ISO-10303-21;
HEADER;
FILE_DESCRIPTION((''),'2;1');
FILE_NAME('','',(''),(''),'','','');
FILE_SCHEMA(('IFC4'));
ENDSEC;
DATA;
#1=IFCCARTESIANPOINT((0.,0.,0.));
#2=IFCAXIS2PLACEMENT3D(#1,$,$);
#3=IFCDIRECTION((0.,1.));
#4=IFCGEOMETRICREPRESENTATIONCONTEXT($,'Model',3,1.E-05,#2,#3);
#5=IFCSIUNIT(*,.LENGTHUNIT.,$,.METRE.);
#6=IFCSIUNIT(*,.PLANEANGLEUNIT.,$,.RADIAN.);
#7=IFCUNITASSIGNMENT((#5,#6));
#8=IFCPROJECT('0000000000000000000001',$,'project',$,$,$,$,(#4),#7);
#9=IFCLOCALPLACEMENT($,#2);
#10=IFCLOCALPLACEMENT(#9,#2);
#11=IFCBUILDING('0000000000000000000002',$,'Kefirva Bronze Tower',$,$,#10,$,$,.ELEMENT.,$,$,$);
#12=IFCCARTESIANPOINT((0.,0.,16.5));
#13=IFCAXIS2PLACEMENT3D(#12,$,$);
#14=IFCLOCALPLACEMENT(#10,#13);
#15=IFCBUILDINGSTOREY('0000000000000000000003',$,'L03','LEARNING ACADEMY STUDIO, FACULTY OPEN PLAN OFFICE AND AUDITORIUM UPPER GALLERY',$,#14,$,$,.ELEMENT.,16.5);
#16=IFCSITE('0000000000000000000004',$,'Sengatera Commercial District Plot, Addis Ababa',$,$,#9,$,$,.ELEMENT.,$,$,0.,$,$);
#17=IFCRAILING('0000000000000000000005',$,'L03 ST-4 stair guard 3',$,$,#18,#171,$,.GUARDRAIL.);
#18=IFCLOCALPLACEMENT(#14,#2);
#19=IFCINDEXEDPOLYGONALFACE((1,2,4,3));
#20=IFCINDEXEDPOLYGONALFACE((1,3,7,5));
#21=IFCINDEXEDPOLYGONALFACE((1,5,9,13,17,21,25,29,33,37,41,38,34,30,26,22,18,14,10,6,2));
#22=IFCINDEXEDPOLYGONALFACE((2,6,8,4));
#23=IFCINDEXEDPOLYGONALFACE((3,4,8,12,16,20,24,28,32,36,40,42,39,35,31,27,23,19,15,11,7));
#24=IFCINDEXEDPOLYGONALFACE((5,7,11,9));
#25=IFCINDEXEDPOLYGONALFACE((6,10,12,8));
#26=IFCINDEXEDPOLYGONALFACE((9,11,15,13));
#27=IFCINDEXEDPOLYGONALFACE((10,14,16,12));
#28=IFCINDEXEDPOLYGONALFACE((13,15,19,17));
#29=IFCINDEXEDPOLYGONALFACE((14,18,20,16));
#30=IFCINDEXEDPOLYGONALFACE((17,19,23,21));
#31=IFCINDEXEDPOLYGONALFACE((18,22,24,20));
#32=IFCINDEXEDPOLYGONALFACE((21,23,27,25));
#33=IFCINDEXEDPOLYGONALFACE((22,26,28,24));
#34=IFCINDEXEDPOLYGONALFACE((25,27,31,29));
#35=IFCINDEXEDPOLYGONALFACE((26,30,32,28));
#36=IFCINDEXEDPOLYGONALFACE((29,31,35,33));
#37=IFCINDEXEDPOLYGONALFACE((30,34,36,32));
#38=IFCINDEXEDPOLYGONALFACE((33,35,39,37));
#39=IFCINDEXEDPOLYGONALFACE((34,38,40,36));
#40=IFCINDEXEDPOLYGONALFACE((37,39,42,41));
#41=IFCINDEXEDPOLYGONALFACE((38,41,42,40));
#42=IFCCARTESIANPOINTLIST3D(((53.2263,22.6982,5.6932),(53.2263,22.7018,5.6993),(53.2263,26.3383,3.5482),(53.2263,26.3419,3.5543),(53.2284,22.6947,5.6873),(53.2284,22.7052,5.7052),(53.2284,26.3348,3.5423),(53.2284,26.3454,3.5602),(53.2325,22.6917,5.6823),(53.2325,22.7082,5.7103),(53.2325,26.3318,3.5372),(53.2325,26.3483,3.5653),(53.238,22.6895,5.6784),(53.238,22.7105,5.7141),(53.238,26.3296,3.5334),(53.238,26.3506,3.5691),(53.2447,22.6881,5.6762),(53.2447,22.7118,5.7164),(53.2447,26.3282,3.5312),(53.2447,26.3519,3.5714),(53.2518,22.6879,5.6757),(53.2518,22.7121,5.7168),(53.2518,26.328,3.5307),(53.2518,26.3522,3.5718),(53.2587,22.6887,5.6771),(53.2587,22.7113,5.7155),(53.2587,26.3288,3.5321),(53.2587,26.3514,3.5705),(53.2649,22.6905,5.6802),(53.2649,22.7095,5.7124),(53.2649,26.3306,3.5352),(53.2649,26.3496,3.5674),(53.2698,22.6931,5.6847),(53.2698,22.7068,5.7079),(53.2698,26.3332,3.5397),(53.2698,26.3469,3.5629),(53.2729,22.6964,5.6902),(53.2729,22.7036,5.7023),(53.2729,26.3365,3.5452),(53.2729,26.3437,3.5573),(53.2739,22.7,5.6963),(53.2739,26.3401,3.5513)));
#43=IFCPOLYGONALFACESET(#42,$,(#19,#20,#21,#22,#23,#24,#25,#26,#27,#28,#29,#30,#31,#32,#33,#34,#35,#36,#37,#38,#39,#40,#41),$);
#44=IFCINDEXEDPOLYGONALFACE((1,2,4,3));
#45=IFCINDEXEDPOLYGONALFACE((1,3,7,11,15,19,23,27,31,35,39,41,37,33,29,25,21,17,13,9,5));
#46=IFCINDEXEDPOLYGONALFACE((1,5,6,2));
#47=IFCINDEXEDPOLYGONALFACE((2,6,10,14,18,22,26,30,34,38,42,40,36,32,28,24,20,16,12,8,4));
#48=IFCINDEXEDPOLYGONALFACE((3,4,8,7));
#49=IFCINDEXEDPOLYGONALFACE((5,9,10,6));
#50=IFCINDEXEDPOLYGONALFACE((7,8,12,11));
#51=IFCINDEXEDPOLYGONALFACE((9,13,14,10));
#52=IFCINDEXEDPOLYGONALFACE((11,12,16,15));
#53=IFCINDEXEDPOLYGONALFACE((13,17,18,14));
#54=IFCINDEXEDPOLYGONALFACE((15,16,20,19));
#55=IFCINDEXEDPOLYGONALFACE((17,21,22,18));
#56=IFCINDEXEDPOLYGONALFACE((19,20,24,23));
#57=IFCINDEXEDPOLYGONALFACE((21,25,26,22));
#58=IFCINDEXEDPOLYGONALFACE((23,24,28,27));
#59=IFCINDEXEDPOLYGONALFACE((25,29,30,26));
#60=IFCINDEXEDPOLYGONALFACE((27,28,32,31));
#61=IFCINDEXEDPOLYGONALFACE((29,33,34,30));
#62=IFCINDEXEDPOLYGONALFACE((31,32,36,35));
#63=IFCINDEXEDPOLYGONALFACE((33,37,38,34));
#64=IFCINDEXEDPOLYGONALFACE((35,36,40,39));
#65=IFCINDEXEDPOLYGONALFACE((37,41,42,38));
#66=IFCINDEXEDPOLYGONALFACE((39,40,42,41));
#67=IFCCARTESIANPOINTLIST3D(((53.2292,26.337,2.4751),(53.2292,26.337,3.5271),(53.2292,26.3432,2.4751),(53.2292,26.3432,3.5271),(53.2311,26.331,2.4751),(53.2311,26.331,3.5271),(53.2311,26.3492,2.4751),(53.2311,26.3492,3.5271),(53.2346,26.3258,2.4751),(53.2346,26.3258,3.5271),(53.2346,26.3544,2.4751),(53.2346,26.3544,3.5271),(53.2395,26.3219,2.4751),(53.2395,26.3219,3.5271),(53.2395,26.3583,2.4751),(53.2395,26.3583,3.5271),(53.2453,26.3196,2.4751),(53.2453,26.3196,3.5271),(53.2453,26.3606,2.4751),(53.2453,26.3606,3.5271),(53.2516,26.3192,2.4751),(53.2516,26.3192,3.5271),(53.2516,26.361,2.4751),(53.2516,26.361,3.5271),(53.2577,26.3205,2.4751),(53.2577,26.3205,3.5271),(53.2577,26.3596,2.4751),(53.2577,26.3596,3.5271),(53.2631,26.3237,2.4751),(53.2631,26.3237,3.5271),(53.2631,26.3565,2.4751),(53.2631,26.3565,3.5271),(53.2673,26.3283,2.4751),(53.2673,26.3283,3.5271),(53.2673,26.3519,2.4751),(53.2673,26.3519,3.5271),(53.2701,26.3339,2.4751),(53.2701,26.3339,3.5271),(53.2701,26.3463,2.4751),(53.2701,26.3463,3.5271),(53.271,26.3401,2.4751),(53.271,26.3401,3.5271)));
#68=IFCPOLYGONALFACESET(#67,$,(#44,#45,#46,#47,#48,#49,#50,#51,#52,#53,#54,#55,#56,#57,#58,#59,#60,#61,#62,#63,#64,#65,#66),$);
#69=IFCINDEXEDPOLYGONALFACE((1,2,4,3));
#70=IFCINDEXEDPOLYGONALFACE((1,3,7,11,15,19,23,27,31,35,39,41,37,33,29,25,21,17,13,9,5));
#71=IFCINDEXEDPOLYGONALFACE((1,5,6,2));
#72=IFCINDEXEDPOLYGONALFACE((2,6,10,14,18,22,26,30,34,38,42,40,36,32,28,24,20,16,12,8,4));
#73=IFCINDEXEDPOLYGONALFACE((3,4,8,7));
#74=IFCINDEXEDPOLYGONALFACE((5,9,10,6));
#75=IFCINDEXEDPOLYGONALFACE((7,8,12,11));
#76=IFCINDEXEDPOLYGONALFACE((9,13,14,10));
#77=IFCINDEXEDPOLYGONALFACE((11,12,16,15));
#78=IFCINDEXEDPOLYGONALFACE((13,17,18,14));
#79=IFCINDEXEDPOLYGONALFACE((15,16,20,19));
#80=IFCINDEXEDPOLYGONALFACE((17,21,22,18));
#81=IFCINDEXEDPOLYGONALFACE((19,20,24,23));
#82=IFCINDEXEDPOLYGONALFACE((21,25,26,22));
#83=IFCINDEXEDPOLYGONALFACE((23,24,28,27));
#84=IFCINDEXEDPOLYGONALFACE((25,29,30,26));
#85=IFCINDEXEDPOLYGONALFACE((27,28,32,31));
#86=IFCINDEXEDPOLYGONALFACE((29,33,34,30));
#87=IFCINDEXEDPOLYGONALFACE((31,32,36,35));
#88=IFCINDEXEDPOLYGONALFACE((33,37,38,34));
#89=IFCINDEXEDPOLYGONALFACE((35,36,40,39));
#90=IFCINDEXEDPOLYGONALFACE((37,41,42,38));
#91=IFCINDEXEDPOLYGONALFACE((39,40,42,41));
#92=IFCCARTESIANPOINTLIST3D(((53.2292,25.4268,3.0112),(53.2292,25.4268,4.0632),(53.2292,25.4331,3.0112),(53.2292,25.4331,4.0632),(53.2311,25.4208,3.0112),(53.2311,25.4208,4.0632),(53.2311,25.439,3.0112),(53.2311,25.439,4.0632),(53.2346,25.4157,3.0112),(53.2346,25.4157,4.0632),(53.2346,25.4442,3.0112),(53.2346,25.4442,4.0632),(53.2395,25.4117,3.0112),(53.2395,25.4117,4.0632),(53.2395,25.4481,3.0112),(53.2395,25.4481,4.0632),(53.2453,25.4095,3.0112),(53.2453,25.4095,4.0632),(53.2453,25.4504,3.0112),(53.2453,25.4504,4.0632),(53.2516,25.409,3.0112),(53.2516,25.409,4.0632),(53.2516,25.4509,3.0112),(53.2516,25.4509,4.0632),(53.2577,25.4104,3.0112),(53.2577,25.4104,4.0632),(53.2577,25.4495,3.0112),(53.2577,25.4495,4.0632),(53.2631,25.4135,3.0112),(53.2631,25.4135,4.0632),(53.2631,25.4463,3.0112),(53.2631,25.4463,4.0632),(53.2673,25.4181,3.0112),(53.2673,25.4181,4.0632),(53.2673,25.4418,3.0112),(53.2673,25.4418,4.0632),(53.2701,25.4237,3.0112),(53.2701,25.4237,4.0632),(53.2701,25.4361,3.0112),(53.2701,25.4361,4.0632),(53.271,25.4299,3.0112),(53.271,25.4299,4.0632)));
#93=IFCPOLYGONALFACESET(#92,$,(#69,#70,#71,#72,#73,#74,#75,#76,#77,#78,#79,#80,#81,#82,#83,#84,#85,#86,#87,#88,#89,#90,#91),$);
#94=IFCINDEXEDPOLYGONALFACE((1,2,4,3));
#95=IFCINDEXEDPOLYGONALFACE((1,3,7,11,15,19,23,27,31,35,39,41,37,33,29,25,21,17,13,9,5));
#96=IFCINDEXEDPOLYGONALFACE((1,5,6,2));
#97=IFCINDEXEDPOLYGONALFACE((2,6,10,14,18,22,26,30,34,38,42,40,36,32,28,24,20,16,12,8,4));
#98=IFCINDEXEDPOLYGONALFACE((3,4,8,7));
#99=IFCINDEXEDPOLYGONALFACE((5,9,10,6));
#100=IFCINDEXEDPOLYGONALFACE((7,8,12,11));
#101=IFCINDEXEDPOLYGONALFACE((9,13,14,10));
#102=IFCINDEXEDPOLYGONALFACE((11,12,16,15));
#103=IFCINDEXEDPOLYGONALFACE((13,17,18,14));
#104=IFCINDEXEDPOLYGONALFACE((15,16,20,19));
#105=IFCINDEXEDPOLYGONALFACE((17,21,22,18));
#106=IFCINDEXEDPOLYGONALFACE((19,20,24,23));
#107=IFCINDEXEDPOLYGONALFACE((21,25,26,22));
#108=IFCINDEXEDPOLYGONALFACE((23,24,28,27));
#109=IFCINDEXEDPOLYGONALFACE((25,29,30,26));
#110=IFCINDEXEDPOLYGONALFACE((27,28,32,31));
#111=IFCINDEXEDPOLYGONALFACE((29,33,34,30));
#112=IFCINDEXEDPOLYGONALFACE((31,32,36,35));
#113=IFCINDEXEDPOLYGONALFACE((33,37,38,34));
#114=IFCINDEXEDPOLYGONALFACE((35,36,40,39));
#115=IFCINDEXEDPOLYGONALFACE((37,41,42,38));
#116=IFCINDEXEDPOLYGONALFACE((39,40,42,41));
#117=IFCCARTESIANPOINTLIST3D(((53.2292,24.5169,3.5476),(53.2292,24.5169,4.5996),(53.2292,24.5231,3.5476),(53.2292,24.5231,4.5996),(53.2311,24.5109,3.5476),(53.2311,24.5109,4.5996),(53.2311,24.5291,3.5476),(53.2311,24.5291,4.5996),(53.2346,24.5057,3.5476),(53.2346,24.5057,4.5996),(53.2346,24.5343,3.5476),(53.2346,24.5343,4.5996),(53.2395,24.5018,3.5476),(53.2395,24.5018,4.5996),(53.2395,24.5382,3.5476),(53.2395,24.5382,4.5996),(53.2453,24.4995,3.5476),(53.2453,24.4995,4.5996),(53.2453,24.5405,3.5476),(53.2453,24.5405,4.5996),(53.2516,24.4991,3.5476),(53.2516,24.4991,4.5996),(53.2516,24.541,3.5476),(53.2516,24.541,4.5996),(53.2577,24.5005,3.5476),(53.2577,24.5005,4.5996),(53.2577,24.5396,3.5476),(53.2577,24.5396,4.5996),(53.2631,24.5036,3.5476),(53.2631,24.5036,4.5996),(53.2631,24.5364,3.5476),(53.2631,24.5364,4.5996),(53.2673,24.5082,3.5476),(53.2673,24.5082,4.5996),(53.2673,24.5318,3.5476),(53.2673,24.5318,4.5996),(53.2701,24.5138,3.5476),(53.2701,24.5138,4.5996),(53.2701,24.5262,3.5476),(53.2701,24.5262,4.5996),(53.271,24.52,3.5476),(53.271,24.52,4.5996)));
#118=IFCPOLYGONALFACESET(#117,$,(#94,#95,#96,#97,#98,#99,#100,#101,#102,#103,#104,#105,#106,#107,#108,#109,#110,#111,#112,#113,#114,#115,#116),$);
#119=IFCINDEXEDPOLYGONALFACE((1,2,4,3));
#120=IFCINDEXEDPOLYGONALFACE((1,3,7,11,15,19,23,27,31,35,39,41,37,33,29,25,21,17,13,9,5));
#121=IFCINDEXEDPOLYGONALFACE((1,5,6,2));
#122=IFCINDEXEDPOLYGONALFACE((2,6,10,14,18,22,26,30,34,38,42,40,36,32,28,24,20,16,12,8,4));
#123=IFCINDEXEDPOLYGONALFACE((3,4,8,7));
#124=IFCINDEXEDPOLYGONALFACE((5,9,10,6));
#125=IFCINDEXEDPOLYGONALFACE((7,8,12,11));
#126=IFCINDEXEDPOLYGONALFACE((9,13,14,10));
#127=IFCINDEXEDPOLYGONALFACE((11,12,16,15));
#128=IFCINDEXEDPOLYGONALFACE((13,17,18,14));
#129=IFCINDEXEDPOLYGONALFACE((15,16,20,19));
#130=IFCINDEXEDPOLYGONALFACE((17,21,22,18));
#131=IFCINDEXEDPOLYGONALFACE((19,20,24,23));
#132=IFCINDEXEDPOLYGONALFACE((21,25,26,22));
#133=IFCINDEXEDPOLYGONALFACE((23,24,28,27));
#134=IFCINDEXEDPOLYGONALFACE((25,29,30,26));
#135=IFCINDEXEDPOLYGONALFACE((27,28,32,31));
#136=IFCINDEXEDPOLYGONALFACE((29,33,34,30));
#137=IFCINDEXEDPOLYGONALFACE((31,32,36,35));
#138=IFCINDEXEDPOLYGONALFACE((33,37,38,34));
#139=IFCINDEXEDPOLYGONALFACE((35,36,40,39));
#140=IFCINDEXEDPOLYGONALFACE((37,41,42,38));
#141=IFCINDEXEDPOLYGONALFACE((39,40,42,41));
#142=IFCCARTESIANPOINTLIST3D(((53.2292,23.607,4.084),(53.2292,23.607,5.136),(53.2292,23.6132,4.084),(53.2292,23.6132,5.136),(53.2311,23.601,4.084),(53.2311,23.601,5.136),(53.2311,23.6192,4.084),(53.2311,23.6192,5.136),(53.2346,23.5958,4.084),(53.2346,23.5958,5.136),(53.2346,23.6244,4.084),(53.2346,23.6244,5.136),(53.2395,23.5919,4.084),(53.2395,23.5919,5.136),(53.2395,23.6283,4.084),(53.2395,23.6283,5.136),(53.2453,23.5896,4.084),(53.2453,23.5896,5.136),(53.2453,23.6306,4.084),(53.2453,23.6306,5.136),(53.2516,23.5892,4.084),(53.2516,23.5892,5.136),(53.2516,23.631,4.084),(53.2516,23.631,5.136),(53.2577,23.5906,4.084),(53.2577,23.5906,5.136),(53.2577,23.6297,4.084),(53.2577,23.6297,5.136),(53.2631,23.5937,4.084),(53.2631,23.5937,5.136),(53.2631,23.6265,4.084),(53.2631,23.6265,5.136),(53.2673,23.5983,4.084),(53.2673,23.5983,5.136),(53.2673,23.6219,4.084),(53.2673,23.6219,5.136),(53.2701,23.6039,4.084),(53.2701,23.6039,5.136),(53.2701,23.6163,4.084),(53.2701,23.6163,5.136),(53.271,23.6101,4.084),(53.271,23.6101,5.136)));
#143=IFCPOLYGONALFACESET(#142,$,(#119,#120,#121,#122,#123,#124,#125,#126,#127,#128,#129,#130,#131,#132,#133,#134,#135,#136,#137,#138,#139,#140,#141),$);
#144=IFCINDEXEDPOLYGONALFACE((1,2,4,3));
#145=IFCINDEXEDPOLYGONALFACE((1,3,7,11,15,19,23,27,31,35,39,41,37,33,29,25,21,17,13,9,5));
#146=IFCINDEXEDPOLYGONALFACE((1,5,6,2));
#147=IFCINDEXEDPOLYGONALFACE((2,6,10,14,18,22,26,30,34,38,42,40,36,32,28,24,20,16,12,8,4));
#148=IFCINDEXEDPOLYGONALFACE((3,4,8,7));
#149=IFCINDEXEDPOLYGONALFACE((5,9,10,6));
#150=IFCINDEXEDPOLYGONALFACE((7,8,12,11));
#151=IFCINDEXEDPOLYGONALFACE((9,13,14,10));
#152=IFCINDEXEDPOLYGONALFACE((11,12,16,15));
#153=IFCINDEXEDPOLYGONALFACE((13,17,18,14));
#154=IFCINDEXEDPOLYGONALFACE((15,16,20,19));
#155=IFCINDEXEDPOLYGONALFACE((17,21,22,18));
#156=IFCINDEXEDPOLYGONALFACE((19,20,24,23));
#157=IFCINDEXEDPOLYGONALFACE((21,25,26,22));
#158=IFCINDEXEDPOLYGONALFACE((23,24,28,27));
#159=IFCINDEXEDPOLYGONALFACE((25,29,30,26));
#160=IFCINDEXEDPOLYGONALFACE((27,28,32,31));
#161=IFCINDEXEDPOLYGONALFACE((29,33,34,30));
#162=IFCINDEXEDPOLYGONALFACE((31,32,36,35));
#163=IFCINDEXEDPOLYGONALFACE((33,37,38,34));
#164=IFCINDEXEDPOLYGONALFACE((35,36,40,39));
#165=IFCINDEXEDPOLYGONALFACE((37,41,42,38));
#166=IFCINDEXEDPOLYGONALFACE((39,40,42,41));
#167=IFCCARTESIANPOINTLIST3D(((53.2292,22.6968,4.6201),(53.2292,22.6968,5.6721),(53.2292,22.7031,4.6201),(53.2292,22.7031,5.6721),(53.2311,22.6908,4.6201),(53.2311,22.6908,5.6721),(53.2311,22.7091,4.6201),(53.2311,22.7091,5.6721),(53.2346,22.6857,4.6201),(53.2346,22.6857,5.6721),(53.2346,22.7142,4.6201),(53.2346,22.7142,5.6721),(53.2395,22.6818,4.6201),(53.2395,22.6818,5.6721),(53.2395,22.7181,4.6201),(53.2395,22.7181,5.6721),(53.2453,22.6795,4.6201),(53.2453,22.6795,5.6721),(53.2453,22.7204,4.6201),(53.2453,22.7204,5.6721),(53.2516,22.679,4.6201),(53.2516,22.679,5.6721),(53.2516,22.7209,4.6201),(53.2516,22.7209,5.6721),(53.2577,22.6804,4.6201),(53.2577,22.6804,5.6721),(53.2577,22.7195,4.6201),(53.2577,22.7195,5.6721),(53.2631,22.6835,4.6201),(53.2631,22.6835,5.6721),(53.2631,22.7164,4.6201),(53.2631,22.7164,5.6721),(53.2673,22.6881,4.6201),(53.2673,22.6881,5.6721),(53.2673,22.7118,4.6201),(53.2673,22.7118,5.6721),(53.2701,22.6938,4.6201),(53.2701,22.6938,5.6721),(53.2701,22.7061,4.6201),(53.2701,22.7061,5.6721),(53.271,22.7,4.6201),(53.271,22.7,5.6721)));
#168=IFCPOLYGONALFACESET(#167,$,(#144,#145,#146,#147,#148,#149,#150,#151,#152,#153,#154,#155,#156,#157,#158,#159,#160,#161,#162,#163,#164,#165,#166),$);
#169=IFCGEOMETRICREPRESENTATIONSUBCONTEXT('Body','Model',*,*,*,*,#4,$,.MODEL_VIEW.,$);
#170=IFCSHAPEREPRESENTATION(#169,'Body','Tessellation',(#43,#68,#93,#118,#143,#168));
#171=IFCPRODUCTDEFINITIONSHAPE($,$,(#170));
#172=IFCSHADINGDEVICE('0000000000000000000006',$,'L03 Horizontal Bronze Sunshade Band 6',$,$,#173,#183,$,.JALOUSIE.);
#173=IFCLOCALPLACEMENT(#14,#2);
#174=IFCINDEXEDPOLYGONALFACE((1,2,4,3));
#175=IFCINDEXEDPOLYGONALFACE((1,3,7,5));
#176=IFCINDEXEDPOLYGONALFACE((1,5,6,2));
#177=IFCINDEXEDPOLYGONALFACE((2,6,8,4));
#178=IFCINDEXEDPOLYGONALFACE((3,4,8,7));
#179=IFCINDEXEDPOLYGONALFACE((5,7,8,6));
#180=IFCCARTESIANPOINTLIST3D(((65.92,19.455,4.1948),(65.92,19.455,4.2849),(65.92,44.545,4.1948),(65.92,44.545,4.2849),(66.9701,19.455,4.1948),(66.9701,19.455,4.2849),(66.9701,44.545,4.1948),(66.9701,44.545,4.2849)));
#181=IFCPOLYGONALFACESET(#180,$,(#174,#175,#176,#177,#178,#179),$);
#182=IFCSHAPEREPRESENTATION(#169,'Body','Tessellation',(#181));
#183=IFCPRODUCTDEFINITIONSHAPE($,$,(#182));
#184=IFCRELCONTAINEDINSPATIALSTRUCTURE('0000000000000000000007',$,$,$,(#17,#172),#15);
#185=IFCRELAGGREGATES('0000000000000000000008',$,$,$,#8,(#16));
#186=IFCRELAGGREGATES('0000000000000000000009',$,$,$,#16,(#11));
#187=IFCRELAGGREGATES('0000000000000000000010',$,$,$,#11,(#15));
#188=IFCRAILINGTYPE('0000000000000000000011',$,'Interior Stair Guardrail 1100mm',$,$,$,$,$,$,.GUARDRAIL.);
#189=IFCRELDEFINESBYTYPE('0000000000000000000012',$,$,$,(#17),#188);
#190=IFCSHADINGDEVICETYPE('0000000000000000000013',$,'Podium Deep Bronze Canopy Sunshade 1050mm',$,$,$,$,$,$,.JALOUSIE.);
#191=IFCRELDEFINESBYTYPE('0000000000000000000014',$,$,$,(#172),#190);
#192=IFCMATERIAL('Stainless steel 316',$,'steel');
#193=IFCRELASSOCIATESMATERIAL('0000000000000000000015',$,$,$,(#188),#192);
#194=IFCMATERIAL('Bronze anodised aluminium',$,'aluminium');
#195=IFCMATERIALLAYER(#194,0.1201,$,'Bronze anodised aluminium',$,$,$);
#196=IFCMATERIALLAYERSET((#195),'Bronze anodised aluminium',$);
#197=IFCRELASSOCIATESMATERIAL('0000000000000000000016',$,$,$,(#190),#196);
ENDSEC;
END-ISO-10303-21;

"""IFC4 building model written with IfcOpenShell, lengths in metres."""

from ifc_helpers import new_model, si_unit, direction, frame, origin, origin_2d, place, context, subcontext, project, spatial, rectangle, circle, extrude, material, layer, layer_set, type_object, element, save


model = new_model("IFC4")

# Units and contexts
model_context = context("Model", 3, precision=1e-05, world=origin(), true_north=direction((0.0, 1.0)))
body_context = subcontext(model_context, "Body", "Model", "MODEL_VIEW")
ifc_project = project(units=[si_unit("LENGTHUNIT", "METRE"), si_unit("PLANEANGLEUNIT", "RADIAN")], contexts=[model_context])

# Site, building, storey
site_placement = place(None, origin())
site = spatial("IfcSite", under=ifc_project, at=site_placement, Name="Sengatera Commercial District Plot, Addis Ababa", CompositionType="ELEMENT", RefElevation=0.0)
building_placement = place(site_placement, origin())
building = spatial("IfcBuilding", under=site, at=building_placement, Name="Kefirva Bronze Tower", CompositionType="ELEMENT")
storey_placement = place(building_placement, frame((0.0, 0.0, 16.5)))
storey = spatial("IfcBuildingStorey", under=building, at=storey_placement, Name="L03", Description="LEARNING ACADEMY STUDIO, FACULTY OPEN PLAN OFFICE AND AUDITORIUM UPPER GALLERY", CompositionType="ELEMENT", Elevation=16.5)

# Shared definitions
ifc_material_1 = material(Name="Bronze anodised aluminium", Category="aluminium")

# Railing
ifc_material_2 = material(Name="Stainless steel 316", Category="steel")
railing_type_1 = type_object("IfcRailingType", Name="Interior Stair Guardrail 1100mm", PredefinedType="GUARDRAIL", material=ifc_material_2)
railing_1_placement = place(storey_placement, frame((53.25, 26.3401, 2.4751)))
element("IfcRailing", 1, at=railing_1_placement, inside=storey, type_object=railing_type_1, Name="L03 ST-4 stair guard 3", PredefinedType="GUARDRAIL", context=body_context, shape_type="SweptSolid", body=[
    extrude(circle(Radius=0.0239, at=origin_2d()), frame((0.0, 0.0, 1.0762), z_axis=(0.0, -0.861545, 0.507682), x_axis=(1.0, 0.0, 0.0)), (0.0, 0.0, 1.0), 4.2251),
    extrude(circle(Radius=0.021, at=origin_2d()), origin(), (0.0, 0.0, 1.0), 1.052),
    extrude(circle(Radius=0.021, at=origin_2d()), frame((0.0, -0.9102, 0.5361)), (0.0, 0.0, 1.0), 1.052),
    extrude(circle(Radius=0.021, at=origin_2d()), frame((0.0, -1.8201, 1.0725)), (0.0, 0.0, 1.0), 1.052),
    extrude(circle(Radius=0.021, at=origin_2d()), frame((0.0, -2.73, 1.6089)), (0.0, 0.0, 1.0), 1.052),
    extrude(circle(Radius=0.021, at=origin_2d()), frame((0.0, -3.6401, 2.145)), (0.0, 0.0, 1.0), 1.052),
])

# Shading device
ifc_layer_1 = layer(ifc_material_1, 0.1201, Name="Bronze anodised aluminium")
ifc_layer_set_1 = layer_set([ifc_layer_1], Name="Bronze anodised aluminium")
shading_device_type = type_object("IfcShadingDeviceType", Name="Podium Deep Bronze Canopy Sunshade 1050mm", PredefinedType="JALOUSIE", material=ifc_layer_set_1)
shading_device_placement = place(storey_placement, frame((66.4451, 32.0, 4.1948), z_axis=(0.0, 0.0, 1.0), x_axis=(0.0, 1.0, 0.0)))
element("IfcShadingDevice", 2, at=shading_device_placement, inside=storey, type_object=shading_device_type, Name="L03 Horizontal Bronze Sunshade Band 6", PredefinedType="JALOUSIE", context=body_context, shape_type="SweptSolid", body=[
    extrude(rectangle(XDim=25.0901, YDim=1.05, at=origin_2d()), origin(), (0.0, 0.0, 1.0), 0.0901),
])

save(model, "model.ifc")
